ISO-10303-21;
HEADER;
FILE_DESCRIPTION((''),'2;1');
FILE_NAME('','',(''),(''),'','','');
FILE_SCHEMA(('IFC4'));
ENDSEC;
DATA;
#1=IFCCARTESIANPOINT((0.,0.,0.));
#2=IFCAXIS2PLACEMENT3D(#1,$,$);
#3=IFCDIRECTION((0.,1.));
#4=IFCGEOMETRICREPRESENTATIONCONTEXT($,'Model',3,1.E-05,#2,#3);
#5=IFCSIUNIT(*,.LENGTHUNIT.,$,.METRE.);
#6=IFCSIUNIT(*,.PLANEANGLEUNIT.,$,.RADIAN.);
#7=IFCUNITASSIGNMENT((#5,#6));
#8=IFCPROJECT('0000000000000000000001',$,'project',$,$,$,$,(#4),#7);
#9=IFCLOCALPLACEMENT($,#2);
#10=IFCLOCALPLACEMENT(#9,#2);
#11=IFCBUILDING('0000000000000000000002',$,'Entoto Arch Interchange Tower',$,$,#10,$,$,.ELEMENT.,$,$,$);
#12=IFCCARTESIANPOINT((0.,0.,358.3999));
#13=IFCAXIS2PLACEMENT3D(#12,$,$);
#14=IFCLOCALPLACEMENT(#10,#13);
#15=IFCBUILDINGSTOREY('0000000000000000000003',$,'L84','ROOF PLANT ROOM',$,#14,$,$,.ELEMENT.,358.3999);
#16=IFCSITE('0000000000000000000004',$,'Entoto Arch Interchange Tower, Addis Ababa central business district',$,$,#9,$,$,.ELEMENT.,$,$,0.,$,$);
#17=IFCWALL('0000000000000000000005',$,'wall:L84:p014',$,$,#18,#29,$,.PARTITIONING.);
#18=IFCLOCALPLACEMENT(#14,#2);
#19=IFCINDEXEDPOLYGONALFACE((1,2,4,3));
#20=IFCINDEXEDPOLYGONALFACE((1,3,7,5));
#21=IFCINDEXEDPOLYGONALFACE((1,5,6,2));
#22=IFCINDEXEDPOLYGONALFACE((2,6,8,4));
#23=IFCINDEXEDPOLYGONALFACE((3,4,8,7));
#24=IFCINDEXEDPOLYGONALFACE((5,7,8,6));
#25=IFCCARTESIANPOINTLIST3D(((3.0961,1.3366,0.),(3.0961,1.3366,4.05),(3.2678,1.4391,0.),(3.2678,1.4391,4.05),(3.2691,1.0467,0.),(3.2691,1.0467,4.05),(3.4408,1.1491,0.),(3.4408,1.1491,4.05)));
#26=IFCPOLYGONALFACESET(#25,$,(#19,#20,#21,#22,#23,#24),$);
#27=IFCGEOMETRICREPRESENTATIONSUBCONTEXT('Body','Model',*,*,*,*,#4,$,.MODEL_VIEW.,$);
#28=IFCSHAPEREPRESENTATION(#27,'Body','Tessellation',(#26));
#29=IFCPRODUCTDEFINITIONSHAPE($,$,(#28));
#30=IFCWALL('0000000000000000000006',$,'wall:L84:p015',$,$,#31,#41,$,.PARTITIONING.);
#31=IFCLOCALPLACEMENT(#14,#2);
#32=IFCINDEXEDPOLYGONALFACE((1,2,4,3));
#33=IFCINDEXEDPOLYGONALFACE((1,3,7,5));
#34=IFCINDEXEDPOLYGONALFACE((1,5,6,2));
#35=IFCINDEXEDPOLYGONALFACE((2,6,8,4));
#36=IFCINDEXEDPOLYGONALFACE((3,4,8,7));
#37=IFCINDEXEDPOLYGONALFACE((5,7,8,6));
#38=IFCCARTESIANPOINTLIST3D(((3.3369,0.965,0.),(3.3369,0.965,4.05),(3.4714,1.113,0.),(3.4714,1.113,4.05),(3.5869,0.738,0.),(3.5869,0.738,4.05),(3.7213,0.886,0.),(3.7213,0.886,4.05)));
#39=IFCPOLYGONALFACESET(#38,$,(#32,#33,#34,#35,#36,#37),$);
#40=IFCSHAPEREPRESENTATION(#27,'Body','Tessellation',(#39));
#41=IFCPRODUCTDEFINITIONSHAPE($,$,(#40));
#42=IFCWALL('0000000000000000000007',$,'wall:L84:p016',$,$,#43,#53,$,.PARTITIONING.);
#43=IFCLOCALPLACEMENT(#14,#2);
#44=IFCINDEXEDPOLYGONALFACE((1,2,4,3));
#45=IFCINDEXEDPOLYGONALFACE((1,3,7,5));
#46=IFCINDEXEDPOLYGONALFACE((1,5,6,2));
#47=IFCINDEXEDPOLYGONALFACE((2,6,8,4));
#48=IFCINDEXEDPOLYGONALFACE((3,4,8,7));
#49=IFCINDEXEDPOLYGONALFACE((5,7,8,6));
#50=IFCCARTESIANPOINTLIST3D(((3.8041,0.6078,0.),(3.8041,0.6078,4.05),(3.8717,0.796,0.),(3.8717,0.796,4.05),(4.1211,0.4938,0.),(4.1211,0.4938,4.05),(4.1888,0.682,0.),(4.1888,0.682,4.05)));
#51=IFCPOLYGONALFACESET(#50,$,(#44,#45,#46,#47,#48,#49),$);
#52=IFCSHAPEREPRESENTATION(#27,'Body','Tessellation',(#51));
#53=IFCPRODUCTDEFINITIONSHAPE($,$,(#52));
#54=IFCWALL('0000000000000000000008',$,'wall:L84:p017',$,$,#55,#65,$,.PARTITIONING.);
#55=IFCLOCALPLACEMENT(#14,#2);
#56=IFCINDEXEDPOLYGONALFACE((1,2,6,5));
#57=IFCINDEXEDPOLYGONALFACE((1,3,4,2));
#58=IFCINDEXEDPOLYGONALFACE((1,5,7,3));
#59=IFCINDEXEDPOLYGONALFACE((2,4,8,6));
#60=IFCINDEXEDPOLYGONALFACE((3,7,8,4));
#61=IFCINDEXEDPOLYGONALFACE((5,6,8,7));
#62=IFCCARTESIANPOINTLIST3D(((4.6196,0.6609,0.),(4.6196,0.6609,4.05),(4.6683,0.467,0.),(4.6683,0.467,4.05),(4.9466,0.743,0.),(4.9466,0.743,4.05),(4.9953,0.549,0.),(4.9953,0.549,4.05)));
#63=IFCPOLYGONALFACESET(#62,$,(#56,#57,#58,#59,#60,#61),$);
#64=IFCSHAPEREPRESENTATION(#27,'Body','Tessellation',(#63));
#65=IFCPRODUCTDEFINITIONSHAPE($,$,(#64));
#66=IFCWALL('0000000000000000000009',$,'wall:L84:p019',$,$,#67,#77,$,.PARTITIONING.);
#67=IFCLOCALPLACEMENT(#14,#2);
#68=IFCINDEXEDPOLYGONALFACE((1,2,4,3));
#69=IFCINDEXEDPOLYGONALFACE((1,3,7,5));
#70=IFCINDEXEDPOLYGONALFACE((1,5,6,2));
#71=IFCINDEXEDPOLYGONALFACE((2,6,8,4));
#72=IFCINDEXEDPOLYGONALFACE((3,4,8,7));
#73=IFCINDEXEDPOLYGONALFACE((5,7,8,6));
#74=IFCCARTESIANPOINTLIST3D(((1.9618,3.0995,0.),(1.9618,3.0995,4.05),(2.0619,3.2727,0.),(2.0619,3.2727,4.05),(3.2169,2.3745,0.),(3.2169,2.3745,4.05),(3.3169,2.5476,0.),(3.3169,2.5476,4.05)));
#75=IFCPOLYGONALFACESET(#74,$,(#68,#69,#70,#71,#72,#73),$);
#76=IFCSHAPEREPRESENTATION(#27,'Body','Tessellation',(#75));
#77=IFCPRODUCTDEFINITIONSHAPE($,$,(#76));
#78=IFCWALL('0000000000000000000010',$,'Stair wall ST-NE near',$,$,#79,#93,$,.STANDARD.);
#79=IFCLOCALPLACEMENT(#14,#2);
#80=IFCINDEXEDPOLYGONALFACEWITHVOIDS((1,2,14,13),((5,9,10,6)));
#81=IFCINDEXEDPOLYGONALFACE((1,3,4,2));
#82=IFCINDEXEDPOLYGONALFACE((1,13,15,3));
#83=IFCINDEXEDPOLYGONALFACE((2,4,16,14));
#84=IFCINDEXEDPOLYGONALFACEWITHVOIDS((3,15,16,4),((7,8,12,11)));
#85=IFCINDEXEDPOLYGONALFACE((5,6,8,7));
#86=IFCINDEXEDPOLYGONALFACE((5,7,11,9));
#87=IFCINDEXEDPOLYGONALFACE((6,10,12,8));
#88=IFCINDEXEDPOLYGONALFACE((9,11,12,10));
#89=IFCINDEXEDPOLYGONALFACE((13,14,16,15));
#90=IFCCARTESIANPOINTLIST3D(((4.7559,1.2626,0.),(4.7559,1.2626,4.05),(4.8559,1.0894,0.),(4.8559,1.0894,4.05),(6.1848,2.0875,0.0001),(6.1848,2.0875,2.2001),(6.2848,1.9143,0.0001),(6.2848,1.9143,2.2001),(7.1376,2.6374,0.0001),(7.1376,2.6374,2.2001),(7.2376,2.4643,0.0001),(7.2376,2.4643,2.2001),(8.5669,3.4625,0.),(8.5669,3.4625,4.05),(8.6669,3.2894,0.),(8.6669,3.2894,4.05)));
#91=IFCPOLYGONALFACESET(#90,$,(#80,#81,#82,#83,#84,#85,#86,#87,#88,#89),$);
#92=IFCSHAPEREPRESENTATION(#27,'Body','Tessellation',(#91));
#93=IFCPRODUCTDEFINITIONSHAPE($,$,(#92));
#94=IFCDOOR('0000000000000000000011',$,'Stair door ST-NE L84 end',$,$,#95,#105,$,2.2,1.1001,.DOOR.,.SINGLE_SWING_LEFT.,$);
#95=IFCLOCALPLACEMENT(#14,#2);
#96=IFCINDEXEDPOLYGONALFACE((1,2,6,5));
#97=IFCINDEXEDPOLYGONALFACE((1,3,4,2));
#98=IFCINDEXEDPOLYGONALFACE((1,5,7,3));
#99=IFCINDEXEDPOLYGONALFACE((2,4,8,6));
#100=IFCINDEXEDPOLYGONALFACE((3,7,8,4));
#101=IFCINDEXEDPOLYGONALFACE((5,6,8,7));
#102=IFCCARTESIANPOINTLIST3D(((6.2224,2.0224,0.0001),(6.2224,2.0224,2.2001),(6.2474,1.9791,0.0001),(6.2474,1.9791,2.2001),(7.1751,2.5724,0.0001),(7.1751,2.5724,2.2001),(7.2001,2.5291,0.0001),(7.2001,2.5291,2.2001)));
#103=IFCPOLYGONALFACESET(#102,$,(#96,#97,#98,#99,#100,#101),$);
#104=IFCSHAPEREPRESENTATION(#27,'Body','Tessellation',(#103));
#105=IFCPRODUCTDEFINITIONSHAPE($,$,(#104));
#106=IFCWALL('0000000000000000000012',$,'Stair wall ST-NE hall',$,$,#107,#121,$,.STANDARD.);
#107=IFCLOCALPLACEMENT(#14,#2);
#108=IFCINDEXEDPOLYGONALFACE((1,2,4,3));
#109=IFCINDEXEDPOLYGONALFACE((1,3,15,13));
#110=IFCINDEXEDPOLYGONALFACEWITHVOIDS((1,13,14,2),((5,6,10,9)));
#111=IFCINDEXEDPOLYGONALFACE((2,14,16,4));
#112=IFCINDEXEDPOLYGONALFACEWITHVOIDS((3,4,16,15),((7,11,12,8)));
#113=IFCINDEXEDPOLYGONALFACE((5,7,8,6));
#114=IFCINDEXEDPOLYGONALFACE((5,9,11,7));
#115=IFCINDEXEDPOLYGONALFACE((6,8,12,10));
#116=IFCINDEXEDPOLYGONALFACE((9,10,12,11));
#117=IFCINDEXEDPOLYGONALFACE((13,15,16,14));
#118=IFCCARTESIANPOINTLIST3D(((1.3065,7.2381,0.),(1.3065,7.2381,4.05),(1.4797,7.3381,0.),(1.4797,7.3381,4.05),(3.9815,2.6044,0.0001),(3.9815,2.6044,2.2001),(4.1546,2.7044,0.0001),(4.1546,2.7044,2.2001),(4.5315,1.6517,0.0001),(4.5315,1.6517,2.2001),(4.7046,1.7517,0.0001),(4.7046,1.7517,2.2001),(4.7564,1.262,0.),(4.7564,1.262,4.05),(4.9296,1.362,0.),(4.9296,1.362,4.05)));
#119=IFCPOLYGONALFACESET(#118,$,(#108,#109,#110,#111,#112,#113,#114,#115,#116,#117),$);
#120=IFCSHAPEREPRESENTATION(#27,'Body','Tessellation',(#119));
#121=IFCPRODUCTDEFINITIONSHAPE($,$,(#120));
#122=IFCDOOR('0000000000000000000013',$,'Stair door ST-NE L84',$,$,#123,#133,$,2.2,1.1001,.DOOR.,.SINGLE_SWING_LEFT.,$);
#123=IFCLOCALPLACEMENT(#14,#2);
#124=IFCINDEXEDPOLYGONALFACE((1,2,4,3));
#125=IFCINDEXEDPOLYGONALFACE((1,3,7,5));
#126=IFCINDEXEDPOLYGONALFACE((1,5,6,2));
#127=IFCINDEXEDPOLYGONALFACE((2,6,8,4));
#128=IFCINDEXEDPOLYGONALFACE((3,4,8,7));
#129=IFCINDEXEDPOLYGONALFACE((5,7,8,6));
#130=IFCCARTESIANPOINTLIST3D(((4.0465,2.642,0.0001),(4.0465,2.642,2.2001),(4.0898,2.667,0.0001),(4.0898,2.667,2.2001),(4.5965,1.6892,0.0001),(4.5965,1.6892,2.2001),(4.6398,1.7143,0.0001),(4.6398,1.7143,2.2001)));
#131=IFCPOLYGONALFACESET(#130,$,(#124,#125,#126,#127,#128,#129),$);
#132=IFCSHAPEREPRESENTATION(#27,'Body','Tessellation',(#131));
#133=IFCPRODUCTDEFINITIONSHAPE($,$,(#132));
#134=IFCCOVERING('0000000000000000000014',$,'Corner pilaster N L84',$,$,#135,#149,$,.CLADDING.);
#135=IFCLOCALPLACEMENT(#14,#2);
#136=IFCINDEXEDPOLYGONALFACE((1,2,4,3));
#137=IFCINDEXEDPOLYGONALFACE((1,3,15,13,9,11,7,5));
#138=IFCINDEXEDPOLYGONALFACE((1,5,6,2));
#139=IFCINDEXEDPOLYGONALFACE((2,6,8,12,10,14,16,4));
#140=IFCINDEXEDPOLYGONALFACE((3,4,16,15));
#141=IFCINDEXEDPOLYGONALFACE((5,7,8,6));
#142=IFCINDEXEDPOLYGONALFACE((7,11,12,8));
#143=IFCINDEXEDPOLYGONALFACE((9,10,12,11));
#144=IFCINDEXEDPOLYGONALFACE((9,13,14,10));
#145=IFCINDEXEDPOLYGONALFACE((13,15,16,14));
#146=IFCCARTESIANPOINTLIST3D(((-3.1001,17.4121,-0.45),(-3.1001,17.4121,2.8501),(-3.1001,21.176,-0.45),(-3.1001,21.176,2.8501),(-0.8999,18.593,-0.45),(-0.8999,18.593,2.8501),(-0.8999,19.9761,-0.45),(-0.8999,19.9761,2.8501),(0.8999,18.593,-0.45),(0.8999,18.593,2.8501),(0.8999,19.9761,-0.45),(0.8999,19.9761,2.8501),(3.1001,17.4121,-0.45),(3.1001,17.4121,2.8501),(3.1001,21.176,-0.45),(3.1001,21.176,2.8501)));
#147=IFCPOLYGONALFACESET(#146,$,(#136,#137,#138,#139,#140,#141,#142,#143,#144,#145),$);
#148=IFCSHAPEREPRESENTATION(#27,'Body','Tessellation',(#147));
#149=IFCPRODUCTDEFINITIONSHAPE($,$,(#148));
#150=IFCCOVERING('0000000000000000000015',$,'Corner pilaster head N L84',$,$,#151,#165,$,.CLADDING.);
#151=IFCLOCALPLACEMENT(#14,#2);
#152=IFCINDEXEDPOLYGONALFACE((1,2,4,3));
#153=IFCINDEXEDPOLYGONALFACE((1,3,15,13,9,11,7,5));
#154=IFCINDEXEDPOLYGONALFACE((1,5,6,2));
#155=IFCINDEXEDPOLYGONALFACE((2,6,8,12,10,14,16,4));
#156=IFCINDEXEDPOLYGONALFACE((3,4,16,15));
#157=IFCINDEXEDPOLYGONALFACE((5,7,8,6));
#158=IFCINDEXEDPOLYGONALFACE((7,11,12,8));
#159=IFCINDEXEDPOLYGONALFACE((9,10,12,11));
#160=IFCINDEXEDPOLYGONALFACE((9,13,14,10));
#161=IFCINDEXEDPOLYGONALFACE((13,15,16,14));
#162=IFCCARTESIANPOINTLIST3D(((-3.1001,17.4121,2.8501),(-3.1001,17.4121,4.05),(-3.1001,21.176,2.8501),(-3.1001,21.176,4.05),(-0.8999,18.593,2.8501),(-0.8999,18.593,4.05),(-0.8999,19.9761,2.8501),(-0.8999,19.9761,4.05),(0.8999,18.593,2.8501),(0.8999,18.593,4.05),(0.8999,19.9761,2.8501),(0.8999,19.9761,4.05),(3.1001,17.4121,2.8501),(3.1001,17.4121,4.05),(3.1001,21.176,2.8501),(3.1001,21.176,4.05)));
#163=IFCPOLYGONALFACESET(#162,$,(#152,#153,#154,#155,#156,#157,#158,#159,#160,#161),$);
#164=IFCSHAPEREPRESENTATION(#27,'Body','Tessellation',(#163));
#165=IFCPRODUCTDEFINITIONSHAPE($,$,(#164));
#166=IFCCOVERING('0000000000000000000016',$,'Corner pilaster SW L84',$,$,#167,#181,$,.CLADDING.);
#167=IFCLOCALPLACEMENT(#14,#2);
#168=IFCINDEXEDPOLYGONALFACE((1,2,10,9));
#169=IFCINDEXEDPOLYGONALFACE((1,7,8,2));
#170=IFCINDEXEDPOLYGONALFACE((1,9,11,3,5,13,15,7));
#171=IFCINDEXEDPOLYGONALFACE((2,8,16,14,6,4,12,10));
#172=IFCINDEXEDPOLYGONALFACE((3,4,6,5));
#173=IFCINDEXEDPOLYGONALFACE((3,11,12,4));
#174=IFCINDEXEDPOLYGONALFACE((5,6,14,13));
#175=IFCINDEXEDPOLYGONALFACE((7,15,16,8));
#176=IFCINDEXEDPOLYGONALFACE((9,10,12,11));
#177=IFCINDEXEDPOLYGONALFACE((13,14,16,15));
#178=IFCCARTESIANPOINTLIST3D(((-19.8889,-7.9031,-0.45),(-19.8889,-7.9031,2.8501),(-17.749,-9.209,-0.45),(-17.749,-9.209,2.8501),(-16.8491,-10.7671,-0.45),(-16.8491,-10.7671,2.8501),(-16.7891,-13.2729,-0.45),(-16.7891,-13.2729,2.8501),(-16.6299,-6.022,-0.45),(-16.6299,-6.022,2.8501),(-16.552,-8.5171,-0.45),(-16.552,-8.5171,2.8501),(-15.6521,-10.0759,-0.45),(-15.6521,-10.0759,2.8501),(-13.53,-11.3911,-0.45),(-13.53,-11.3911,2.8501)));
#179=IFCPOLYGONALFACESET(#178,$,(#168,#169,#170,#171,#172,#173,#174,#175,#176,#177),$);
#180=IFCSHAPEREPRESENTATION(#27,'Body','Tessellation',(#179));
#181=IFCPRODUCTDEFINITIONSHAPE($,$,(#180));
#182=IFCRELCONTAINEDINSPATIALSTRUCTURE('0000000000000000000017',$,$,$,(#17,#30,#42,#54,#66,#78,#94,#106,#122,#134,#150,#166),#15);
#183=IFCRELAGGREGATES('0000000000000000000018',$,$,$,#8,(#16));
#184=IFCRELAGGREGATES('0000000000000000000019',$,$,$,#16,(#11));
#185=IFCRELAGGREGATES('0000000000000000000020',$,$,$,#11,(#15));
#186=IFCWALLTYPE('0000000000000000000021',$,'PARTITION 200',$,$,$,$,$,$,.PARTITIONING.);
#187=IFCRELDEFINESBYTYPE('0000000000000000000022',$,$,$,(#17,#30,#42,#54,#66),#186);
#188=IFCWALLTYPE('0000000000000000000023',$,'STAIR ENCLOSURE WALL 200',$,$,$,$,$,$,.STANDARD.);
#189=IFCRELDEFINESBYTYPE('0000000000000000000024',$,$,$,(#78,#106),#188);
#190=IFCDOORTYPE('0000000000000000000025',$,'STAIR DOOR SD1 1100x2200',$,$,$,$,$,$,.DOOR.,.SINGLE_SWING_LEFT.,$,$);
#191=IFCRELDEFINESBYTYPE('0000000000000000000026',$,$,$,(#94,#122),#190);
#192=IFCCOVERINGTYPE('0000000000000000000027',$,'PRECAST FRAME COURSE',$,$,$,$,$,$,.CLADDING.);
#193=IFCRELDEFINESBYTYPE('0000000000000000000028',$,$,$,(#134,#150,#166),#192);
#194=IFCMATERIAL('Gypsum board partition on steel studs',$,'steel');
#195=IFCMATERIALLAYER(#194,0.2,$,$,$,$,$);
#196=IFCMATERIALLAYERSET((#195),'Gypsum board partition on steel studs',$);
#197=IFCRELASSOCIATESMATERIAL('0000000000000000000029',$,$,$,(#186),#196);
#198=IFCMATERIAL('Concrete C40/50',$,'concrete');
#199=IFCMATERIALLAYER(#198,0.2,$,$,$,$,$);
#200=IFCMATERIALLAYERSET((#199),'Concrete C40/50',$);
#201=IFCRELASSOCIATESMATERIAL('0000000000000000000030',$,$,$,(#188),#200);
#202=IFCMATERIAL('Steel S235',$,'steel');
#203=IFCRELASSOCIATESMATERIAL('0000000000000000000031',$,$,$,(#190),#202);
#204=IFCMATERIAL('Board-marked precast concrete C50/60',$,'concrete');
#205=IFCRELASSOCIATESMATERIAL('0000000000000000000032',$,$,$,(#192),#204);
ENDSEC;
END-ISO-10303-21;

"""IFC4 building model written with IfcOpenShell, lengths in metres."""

from ifc_helpers import new_model, si_unit, direction, frame, frame_2d, origin, place, context, subcontext, project, spatial, polyline, rectangle, outline, extrude, material, layer, layer_set, type_object, element, fill, save


model = new_model("IFC4")

# Units and contexts
model_context = context("Model", 3, precision=1e-05, world=origin(), true_north=direction((0.0, 1.0)))
body_context = subcontext(model_context, "Body", "Model", "MODEL_VIEW")
ifc_project = project(units=[si_unit("LENGTHUNIT", "METRE"), si_unit("PLANEANGLEUNIT", "RADIAN")], contexts=[model_context])

# Site, building, storey
site_placement = place(None, origin())
site = spatial("IfcSite", under=ifc_project, at=site_placement, Name="Entoto Arch Interchange Tower, Addis Ababa central business district", CompositionType="ELEMENT", RefElevation=0.0)
building_placement = place(site_placement, origin())
building = spatial("IfcBuilding", under=site, at=building_placement, Name="Entoto Arch Interchange Tower", CompositionType="ELEMENT")
storey_placement = place(building_placement, frame((0.0, 0.0, 358.3999)))
storey = spatial("IfcBuildingStorey", under=building, at=storey_placement, Name="L84", Description="ROOF PLANT ROOM", CompositionType="ELEMENT", Elevation=358.3999)

# Shared definitions
ifc_material_1 = material(Name="Concrete C40/50", Category="concrete")

# Shared definitions
ifc_material_2 = material(Name="Gypsum board partition on steel studs", Category="steel")
ifc_layer_1 = layer(ifc_material_2, 0.2)
ifc_layer_set_1 = layer_set([ifc_layer_1], Name="Gypsum board partition on steel studs")
wall_type_1 = type_object("IfcWallType", Name="PARTITION 200", PredefinedType="PARTITIONING", material=ifc_layer_set_1)

# Walls
for number, where, z_axis, x_axis, name in (
    (1, (3.1819, 1.3879, 0.0), (0.0, 0.0, 1.0), (0.512475, -0.858702, 0.0), "wall:L84:p014"),
    (2, (3.4041, 1.0391, 0.0), (0.0, 0.0, 1.0), (0.740267, -0.672313, 0.0), "wall:L84:p015"),
):
    element("IfcWall", number, at=place(storey_placement, frame(where, z_axis=z_axis, x_axis=x_axis)), inside=storey, type_object=wall_type_1, Name=name, PredefinedType="PARTITIONING", context=body_context, shape_type="SweptSolid", body=[
        extrude(rectangle(XDim=0.3376, YDim=0.2, at=frame_2d((0.1689, 0.0))), origin(), (0.0, 0.0, 1.0), 4.05),
    ])
wall_1_placement = place(storey_placement, frame((3.8379, 0.7019, 0.0), z_axis=(0.0, 0.0, 1.0), x_axis=(0.941035, -0.338309, 0.0)))
element("IfcWall", 3, at=wall_1_placement, inside=storey, type_object=wall_type_1, Name="wall:L84:p016", PredefinedType="PARTITIONING", context=body_context, shape_type="SweptSolid", body=[
    extrude(rectangle(XDim=0.3369, YDim=0.2, at=frame_2d((0.1685, 0.0))), origin(), (0.0, 0.0, 1.0), 4.05),
])
wall_2_placement = place(storey_placement, frame((4.644, 0.564, 0.0), z_axis=(0.0, 0.0, 1.0), x_axis=(0.969929, 0.243388, 0.0)))
element("IfcWall", 4, at=wall_2_placement, inside=storey, type_object=wall_type_1, Name="wall:L84:p017", PredefinedType="PARTITIONING", context=body_context, shape_type="SweptSolid", body=[
    extrude(rectangle(XDim=0.3372, YDim=0.2, at=frame_2d((0.1685, 0.0))), origin(), (0.0, 0.0, 1.0), 4.05),
])
wall_3_placement = place(storey_placement, frame((2.012, 3.186, 0.0), z_axis=(0.0, 0.0, 1.0), x_axis=(0.865891, -0.500233, 0.0)))
element("IfcWall", 5, at=wall_3_placement, inside=storey, type_object=wall_type_1, Name="wall:L84:p019", PredefinedType="PARTITIONING", context=body_context, shape_type="SweptSolid", body=[
    extrude(rectangle(XDim=1.4495, YDim=0.2, at=frame_2d((0.7246, 0.0))), origin(), (0.0, 0.0, 1.0), 4.05),
])

# Walls, openings, doors
ifc_layer_2 = layer(ifc_material_1, 0.2)
ifc_layer_set_2 = layer_set([ifc_layer_2], Name="Concrete C40/50")
wall_type_2 = type_object("IfcWallType", Name="STAIR ENCLOSURE WALL 200", PredefinedType="STANDARD", material=ifc_layer_set_2)
wall_4_placement = place(storey_placement, frame((4.8059, 1.176, 0.0), z_axis=(0.0, 0.0, 1.0), x_axis=(0.86606, 0.49994, 0.0)))
wall_4 = element("IfcWall", 6, at=wall_4_placement, inside=storey, type_object=wall_type_2, Name="Stair wall ST-NE near", PredefinedType="STANDARD", context=body_context, shape_type="SweptSolid", body=[
    extrude(rectangle(XDim=4.4004, YDim=0.2, at=frame_2d((2.2002, 0.0))), origin(), (0.0, 0.0, 1.0), 4.05),
])
opening_1_placement = place(wall_4_placement, frame((1.6499, 0.0, 0.0)))
opening_1 = element("IfcOpeningElement", 7, at=opening_1_placement, cuts=wall_4, PredefinedType="OPENING", context=body_context, shape_type="SweptSolid", body=[
    extrude(rectangle(XDim=1.1001, YDim=2.2, at=frame_2d((0.55, 1.1001))), frame((0.0, 0.1099, 0.0), z_axis=(0.0, -1.0, 0.0), x_axis=(1.0, 0.0, 0.0)), (0.0, 0.0, 1.0), 0.22),
])
ifc_material_3 = material(Name="Steel S235", Category="steel")
door_type_1 = type_object("IfcDoorType", Name="STAIR DOOR SD1 1100x2200", OperationType="SINGLE_SWING_LEFT", PredefinedType="DOOR", material=ifc_material_3)
door_1_placement = place(opening_1_placement, origin())
door_1 = element("IfcDoor", 8, at=door_1_placement, inside=storey, type_object=door_type_1, Name="Stair door ST-NE L84 end", OperationType="SINGLE_SWING_LEFT", OverallHeight=2.2, OverallWidth=1.1001, PredefinedType="DOOR", context=body_context, shape_type="SweptSolid", body=[
    extrude(rectangle(XDim=1.1001, YDim=2.2, at=frame_2d((0.55, 1.1001))), frame((0.0, 0.0249, 0.0), z_axis=(0.0, -1.0, 0.0), x_axis=(1.0, 0.0, 0.0)), (0.0, 0.0, 1.0), 0.05),
])
fill(opening_1, door_1)
wall_5_placement = place(storey_placement, frame((4.843, 1.312, 0.0), z_axis=(0.0, 0.0, 1.0), x_axis=(-0.499963, 0.866047, 0.0)))
wall_5 = element("IfcWall", 9, at=wall_5_placement, inside=storey, type_object=wall_type_2, Name="Stair wall ST-NE hall", PredefinedType="STANDARD", context=body_context, shape_type="SweptSolid", body=[
    extrude(rectangle(XDim=6.9004, YDim=0.2, at=frame_2d((3.4502, 0.0))), origin(), (0.0, 0.0, 1.0), 4.05),
])
opening_2_placement = place(wall_5_placement, frame((0.45, 0.0, 0.0)))
opening_2 = element("IfcOpeningElement", 10, at=opening_2_placement, cuts=wall_5, PredefinedType="OPENING", context=body_context, shape_type="SweptSolid", body=[
    extrude(rectangle(XDim=1.1001, YDim=2.2, at=frame_2d((0.55, 1.1001))), frame((0.0, 0.1099, 0.0), z_axis=(0.0, -1.0, 0.0), x_axis=(1.0, 0.0, 0.0)), (0.0, 0.0, 1.0), 0.22),
])
door_2_placement = place(opening_2_placement, origin())
door_2 = element("IfcDoor", 11, at=door_2_placement, inside=storey, type_object=door_type_1, Name="Stair door ST-NE L84", OperationType="SINGLE_SWING_LEFT", OverallHeight=2.2, OverallWidth=1.1001, PredefinedType="DOOR", context=body_context, shape_type="SweptSolid", body=[
    extrude(rectangle(XDim=1.1001, YDim=2.2, at=frame_2d((0.55, 1.1001))), frame((0.0, 0.0249, 0.0), z_axis=(0.0, -1.0, 0.0), x_axis=(1.0, 0.0, 0.0)), (0.0, 0.0, 1.0), 0.05),
])
fill(opening_2, door_2)

# Coverings
ifc_material_4 = material(Name="Board-marked precast concrete C50/60", Category="concrete")
covering_type = type_object("IfcCoveringType", Name="PRECAST FRAME COURSE", PredefinedType="CLADDING", material=ifc_material_4)
covering_1_placement = place(storey_placement, frame((0.0, 0.0, -0.45)))
element("IfcCovering", 12, at=covering_1_placement, inside=storey, type_object=covering_type, Name="Corner pilaster N L84", PredefinedType="CLADDING", context=body_context, shape_type="SweptSolid", body=[
    extrude(outline(polyline([(-3.1001, 21.176), (3.1001, 21.176), (3.1001, 17.4121), (0.8999, 18.593), (0.8999, 19.9761), (-0.8999, 19.9761), (-0.8999, 18.593), (-3.1001, 17.4121), (-3.1001, 21.176)])), origin(), (0.0, 0.0, 1.0), 3.3),
])
covering_2_placement = place(storey_placement, frame((0.0, 0.0, 2.8501)))
element("IfcCovering", 13, at=covering_2_placement, inside=storey, type_object=covering_type, Name="Corner pilaster head N L84", PredefinedType="CLADDING", context=body_context, shape_type="SweptSolid", body=[
    extrude(outline(polyline([(-3.1001, 21.176), (3.1001, 21.176), (3.1001, 17.4121), (0.8999, 18.593), (0.8999, 19.9761), (-0.8999, 19.9761), (-0.8999, 18.593), (-3.1001, 17.4121), (-3.1001, 21.176)])), origin(), (0.0, 0.0, 1.0), 1.2),
])
covering_3_placement = place(storey_placement, frame((0.0, 0.0, -0.45)))
element("IfcCovering", 14, at=covering_3_placement, inside=storey, type_object=covering_type, Name="Corner pilaster SW L84", PredefinedType="CLADDING", context=body_context, shape_type="SweptSolid", body=[
    extrude(outline(polyline([(-16.7891, -13.2729), (-19.8889, -7.9031), (-16.6299, -6.022), (-16.552, -8.5171), (-17.749, -9.209), (-16.8491, -10.7671), (-15.6521, -10.0759), (-13.53, -11.3911), (-16.7891, -13.2729)])), origin(), (0.0, 0.0, 1.0), 3.3),
])

save(model, "model.ifc")
